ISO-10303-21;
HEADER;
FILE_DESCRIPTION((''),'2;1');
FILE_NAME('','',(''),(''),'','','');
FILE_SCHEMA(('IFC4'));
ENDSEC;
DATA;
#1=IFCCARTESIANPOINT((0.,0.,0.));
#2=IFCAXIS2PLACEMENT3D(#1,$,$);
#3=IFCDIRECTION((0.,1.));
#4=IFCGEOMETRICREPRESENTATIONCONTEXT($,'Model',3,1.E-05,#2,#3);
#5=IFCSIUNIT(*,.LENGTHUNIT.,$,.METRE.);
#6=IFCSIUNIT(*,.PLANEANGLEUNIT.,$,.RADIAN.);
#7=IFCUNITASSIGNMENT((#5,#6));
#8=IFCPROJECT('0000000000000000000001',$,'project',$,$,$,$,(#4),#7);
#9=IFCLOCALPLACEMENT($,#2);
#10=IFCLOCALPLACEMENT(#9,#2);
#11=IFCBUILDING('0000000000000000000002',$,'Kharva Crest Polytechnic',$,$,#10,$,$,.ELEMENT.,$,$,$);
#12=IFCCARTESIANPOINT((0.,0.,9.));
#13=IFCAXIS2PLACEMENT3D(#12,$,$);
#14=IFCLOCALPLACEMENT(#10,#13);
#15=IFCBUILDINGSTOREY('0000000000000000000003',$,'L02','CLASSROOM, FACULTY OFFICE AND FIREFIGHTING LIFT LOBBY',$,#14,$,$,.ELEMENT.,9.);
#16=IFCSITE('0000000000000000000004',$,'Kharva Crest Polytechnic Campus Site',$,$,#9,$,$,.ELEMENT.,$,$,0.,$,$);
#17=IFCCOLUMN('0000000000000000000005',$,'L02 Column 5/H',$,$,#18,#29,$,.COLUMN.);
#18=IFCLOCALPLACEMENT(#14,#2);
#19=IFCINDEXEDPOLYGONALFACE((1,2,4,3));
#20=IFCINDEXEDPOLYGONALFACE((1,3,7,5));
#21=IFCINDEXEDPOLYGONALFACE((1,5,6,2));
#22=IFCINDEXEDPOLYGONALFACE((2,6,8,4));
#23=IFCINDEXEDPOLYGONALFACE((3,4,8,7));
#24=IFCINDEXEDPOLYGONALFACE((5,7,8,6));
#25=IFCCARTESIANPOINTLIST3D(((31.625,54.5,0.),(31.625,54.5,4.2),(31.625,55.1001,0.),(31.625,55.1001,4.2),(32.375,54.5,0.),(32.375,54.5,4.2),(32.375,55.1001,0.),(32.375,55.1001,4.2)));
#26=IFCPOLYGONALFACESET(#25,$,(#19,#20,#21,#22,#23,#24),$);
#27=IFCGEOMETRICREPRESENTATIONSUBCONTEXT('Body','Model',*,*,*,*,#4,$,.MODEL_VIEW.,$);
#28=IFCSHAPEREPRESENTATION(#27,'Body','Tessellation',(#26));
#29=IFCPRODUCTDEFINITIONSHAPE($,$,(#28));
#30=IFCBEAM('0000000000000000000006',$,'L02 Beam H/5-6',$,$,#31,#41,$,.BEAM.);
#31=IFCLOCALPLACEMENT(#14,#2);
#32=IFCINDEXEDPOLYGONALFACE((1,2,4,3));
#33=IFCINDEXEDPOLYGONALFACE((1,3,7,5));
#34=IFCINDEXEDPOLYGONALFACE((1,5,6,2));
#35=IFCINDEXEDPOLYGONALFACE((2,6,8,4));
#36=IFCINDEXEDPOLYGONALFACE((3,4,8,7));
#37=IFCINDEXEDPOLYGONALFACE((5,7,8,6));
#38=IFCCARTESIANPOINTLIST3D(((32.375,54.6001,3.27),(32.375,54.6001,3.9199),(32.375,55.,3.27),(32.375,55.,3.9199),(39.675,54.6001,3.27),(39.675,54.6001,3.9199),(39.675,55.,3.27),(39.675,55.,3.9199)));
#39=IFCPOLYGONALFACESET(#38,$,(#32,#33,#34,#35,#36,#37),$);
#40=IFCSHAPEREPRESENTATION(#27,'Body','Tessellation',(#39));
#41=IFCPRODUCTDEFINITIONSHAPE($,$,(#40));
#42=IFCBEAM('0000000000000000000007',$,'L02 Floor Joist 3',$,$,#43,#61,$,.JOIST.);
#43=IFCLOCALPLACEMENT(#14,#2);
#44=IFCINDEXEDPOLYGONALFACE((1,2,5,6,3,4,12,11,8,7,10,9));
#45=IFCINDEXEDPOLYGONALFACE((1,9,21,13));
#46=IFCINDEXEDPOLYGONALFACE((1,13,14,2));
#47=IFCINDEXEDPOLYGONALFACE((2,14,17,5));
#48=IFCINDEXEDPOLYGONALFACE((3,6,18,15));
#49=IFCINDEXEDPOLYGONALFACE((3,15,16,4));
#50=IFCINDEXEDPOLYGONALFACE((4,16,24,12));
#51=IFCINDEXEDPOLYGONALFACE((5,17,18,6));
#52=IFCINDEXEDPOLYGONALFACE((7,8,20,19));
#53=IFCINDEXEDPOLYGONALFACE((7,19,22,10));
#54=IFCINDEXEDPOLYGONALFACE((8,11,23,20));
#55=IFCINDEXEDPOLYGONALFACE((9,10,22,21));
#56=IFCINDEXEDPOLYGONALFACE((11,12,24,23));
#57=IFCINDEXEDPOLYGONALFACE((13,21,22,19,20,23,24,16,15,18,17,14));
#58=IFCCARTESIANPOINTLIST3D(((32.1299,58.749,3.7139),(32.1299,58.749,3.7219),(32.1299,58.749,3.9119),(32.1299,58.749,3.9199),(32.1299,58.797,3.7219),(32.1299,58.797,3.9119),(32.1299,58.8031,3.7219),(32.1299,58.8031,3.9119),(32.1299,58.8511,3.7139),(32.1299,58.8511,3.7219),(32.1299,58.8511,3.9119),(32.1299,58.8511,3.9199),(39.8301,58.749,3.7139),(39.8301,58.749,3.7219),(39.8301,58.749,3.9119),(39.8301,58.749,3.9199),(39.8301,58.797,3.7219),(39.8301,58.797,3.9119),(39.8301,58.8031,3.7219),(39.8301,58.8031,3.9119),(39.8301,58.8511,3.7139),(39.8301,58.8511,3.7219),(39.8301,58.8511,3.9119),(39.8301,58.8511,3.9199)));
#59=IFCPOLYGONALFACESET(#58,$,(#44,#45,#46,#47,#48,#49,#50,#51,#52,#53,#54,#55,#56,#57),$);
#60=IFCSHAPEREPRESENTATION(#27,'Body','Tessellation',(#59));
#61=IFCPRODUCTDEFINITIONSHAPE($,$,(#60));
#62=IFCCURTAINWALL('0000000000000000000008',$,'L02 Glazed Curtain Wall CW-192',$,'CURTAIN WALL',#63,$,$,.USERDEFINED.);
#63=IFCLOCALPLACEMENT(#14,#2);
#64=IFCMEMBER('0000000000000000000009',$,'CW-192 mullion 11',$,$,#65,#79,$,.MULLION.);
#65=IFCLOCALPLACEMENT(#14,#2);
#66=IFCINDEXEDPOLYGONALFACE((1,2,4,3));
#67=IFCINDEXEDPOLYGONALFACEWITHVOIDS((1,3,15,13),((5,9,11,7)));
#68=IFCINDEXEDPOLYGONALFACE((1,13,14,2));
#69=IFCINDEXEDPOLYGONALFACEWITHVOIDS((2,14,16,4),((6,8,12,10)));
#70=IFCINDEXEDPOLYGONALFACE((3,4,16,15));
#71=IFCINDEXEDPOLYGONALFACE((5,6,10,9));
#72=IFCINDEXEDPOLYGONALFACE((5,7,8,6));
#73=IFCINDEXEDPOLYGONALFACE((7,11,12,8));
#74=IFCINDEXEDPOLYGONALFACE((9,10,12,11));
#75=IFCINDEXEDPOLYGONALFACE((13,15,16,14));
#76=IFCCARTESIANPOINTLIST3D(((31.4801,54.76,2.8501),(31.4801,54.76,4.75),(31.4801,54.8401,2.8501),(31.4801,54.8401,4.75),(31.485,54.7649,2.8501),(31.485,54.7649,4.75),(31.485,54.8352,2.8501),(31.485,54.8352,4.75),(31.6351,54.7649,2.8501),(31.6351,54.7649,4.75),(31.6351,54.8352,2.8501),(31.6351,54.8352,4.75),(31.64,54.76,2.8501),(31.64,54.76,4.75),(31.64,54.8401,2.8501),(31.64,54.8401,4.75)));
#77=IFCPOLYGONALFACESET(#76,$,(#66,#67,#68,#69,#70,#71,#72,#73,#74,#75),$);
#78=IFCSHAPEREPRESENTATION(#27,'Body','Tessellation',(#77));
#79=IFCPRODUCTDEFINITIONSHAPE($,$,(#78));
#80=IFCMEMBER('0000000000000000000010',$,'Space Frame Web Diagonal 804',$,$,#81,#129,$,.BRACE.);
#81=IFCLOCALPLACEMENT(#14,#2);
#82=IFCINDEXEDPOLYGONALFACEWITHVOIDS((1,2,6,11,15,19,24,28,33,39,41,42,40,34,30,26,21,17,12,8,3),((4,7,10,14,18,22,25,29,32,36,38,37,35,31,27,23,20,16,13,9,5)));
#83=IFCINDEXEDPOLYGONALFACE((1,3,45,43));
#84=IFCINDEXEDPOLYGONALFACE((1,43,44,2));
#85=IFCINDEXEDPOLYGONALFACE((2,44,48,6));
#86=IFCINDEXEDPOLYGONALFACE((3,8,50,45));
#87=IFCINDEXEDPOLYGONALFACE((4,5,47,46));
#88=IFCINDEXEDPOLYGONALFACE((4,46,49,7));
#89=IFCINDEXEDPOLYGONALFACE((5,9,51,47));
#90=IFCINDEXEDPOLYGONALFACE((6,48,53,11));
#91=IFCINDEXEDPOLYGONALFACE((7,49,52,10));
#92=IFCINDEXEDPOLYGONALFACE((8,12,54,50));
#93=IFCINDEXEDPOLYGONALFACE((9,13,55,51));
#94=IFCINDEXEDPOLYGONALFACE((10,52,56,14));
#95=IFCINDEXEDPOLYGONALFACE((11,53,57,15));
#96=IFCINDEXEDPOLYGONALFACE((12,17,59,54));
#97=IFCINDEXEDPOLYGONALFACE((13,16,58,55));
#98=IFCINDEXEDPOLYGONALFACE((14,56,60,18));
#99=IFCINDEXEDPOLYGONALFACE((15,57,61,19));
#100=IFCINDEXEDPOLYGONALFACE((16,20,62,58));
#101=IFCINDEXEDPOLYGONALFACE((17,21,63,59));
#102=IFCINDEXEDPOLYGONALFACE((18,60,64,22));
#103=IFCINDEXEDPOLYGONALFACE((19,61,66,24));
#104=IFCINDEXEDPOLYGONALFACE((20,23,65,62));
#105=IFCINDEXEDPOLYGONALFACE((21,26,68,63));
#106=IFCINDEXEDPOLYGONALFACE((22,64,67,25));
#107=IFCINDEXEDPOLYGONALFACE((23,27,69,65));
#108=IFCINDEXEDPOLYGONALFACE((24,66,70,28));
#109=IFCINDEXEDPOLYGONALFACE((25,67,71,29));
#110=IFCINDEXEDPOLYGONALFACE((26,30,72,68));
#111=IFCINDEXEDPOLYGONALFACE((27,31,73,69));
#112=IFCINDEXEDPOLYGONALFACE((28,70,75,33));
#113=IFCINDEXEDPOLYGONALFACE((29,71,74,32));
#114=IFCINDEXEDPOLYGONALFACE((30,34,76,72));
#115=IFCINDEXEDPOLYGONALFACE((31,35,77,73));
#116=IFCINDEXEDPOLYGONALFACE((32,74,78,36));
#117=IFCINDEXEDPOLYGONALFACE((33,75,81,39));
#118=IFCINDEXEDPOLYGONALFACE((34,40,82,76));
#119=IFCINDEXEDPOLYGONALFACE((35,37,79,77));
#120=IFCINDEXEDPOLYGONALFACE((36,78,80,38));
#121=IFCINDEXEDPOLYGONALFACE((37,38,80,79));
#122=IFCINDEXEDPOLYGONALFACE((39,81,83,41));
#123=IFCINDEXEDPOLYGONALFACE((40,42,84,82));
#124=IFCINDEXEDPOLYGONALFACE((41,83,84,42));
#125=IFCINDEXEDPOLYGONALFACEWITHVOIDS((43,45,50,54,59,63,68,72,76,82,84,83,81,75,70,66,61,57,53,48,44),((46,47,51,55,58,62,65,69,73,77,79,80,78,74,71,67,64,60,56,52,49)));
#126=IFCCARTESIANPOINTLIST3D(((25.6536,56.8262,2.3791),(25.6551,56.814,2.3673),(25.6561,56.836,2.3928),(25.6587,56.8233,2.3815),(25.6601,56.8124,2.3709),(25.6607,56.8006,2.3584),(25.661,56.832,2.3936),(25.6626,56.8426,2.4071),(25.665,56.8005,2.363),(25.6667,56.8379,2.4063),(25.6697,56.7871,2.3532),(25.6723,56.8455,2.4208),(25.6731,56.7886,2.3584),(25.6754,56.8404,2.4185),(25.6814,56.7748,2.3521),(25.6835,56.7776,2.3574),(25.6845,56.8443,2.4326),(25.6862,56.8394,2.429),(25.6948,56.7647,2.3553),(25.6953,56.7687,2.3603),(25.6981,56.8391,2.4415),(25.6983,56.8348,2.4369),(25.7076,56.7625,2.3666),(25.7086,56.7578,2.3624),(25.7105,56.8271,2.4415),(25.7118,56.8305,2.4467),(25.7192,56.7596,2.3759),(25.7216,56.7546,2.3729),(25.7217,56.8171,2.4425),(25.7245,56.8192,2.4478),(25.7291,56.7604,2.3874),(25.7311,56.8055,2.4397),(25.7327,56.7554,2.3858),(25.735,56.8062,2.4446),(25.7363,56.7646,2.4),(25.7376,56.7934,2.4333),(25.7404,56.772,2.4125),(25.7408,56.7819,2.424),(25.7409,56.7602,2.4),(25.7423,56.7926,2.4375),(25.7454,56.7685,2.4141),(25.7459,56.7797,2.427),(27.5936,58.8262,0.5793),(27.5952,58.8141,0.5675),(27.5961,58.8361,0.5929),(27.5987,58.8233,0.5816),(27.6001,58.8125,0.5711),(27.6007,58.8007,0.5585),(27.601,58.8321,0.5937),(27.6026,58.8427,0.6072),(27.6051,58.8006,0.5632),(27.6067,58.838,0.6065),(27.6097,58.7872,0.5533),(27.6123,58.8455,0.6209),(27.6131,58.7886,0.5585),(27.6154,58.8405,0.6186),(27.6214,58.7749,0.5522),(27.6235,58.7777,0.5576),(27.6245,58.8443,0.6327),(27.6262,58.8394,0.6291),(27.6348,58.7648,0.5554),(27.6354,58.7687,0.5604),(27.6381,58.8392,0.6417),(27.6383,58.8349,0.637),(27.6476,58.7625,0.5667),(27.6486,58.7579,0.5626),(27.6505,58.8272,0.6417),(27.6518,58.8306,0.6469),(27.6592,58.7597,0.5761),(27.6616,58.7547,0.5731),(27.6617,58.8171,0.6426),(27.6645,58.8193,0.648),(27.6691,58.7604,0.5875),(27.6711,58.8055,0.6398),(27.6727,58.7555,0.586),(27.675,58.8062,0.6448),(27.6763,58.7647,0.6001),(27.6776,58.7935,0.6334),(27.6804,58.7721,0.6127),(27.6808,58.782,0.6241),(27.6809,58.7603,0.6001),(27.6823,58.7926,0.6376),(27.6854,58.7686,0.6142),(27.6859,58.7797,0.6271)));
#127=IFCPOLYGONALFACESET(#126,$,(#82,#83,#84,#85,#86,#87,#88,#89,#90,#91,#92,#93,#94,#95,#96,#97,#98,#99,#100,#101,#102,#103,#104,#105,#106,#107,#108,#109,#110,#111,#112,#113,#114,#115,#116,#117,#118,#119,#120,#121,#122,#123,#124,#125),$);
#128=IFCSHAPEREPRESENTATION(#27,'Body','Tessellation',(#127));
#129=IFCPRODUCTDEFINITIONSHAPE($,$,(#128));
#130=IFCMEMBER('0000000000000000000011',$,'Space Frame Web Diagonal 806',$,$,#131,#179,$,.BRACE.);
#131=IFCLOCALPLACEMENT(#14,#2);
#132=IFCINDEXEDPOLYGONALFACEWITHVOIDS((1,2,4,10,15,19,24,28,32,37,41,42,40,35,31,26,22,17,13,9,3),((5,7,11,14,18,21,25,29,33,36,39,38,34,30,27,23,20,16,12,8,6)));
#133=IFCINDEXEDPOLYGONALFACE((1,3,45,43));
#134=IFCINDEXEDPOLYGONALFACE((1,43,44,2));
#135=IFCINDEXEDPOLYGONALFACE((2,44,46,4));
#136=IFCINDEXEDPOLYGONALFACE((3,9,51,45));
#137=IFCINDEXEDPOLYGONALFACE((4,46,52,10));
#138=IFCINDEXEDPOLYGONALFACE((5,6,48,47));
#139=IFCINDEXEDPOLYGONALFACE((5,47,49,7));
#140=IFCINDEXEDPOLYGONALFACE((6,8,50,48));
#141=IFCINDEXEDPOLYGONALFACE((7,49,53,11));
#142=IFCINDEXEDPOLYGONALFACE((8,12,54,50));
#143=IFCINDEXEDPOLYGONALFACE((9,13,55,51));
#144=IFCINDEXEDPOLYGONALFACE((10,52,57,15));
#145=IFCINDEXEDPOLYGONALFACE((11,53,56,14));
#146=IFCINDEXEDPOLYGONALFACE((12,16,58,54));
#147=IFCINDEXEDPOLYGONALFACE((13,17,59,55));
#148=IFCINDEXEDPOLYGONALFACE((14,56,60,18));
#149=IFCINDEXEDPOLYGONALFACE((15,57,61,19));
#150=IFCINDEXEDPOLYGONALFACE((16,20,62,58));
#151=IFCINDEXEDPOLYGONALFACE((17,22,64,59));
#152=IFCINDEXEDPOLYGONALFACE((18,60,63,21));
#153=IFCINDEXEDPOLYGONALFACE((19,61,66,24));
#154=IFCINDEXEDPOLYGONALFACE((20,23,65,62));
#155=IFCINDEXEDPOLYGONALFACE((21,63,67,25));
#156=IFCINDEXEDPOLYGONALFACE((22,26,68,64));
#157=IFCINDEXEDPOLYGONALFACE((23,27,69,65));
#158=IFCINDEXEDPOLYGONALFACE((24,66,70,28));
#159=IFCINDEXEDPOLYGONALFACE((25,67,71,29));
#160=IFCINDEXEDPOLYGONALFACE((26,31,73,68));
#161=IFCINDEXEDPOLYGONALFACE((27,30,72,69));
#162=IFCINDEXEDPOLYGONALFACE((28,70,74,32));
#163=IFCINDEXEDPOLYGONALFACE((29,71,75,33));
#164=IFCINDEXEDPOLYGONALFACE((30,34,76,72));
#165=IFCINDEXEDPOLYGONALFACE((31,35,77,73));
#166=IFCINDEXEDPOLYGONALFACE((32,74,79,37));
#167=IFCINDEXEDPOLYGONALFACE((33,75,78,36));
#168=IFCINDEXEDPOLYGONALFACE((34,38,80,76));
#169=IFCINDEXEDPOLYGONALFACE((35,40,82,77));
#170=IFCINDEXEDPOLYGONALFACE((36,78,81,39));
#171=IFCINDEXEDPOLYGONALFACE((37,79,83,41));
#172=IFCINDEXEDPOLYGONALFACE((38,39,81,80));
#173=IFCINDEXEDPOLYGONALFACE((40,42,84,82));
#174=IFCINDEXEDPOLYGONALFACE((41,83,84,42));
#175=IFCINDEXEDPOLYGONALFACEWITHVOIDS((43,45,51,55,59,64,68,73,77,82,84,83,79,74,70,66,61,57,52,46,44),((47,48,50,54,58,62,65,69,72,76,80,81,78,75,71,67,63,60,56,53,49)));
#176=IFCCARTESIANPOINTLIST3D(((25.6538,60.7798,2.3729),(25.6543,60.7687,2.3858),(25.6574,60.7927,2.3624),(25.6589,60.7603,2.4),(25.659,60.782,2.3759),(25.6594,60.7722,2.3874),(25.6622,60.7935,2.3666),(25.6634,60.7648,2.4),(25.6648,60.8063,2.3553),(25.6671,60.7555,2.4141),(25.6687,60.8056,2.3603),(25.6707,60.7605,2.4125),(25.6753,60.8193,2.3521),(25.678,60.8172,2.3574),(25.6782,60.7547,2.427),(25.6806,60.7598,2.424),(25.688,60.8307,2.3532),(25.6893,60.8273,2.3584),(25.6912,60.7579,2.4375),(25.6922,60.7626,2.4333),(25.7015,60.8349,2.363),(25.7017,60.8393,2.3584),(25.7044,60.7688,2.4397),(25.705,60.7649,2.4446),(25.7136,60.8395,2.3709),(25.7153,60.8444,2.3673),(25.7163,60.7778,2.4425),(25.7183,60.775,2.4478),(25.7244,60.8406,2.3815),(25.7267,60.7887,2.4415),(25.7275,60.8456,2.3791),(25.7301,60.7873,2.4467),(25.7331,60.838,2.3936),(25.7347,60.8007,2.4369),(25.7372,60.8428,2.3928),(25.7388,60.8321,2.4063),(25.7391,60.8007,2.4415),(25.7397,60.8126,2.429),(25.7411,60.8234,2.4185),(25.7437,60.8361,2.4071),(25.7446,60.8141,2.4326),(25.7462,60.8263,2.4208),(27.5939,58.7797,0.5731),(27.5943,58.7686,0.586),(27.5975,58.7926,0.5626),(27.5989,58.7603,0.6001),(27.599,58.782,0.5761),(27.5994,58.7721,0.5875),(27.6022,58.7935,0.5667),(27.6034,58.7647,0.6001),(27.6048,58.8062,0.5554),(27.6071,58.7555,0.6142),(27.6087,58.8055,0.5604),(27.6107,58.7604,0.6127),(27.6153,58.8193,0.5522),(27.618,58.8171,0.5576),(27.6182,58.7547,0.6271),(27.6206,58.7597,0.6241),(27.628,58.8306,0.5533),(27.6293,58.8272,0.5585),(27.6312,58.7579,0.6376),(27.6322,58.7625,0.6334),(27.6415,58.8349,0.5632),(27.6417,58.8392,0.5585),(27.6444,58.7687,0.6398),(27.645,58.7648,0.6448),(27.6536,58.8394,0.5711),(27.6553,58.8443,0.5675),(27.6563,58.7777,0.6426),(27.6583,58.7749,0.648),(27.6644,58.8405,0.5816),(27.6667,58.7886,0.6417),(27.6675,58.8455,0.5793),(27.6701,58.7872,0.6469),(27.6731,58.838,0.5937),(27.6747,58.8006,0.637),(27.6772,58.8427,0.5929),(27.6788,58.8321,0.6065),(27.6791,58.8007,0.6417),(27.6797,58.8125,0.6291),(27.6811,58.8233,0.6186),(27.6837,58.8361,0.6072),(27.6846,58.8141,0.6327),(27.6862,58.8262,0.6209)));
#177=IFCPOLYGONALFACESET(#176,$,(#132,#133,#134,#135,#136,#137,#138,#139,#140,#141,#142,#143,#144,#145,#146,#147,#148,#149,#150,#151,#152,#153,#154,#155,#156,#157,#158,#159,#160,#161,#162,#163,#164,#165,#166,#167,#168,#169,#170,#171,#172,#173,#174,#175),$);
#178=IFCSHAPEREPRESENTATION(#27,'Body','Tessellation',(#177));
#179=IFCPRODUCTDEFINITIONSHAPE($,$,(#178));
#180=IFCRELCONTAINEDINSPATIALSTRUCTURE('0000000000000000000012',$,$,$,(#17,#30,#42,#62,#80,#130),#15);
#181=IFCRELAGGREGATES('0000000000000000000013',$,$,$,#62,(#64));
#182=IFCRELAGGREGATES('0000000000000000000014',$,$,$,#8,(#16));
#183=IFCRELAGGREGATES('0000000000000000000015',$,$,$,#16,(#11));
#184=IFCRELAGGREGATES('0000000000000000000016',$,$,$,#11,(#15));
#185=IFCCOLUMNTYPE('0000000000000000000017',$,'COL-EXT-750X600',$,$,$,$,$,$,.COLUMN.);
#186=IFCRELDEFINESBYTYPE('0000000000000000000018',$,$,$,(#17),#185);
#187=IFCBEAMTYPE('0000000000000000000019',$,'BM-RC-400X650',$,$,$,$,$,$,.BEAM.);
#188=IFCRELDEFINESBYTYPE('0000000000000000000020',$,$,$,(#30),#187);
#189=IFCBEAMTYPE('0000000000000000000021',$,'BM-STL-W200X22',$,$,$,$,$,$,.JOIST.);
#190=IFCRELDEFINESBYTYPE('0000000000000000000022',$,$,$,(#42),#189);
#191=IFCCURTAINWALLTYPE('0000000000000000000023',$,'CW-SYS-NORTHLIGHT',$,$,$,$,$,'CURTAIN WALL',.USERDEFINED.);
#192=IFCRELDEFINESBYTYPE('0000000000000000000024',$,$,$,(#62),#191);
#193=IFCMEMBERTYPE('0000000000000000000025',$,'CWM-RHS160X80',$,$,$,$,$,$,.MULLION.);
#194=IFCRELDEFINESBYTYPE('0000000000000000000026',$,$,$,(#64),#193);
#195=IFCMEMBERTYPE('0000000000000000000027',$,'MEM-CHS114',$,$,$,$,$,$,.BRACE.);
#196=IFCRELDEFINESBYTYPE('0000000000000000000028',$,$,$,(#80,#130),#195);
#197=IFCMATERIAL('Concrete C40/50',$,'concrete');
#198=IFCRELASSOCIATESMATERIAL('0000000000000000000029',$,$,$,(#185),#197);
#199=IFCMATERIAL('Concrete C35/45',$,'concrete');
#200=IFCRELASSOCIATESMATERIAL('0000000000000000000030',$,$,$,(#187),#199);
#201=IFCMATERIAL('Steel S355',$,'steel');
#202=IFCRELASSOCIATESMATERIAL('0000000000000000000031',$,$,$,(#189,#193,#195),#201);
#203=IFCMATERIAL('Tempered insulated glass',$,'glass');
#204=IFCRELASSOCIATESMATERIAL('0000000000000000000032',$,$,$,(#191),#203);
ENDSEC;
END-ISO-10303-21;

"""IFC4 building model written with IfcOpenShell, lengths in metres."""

from ifc_helpers import new_model, si_unit, direction, frame, origin, origin_2d, place, context, subcontext, project, spatial, rectangle, hollow_rectangle, hollow_circle, i_section, extrude, material, material_profile, profile_set, type_object, element, aggregate, save


model = new_model("IFC4")

# Units and contexts
model_context = context("Model", 3, precision=1e-05, world=origin(), true_north=direction((0.0, 1.0)))
body_context = subcontext(model_context, "Body", "Model", "MODEL_VIEW")
ifc_project = project(units=[si_unit("LENGTHUNIT", "METRE"), si_unit("PLANEANGLEUNIT", "RADIAN")], contexts=[model_context])

# Site, building, storey
site_placement = place(None, origin())
site = spatial("IfcSite", under=ifc_project, at=site_placement, Name="Kharva Crest Polytechnic Campus Site", CompositionType="ELEMENT", RefElevation=0.0)
building_placement = place(site_placement, origin())
building = spatial("IfcBuilding", under=site, at=building_placement, Name="Kharva Crest Polytechnic", CompositionType="ELEMENT")
storey_placement = place(building_placement, frame((0.0, 0.0, 9.0)))
storey = spatial("IfcBuildingStorey", under=building, at=storey_placement, Name="L02", Description="CLASSROOM, FACULTY OFFICE AND FIREFIGHTING LIFT LOBBY", CompositionType="ELEMENT", Elevation=9.0)

# Column
ifc_material_1 = material(Name="Concrete C40/50", Category="concrete")
ifc_material_profile_1 = material_profile(ifc_material_1, rectangle(XDim=0.75, YDim=0.6001, at=origin_2d()), Name="RECT 750 X 600")
ifc_profile_set_1 = profile_set([ifc_material_profile_1], Name="Concrete C40/50")
column_type = type_object("IfcColumnType", Name="COL-EXT-750X600", PredefinedType="COLUMN", material=ifc_profile_set_1)
column_placement = place(storey_placement, frame((32.0, 54.8, 0.0), z_axis=(0.0, 0.0, 1.0), x_axis=(1.0, 0.0, 0.0)))
element("IfcColumn", 1, at=column_placement, inside=storey, type_object=column_type, Name="L02 Column 5/H", PredefinedType="COLUMN", context=body_context, shape_type="SweptSolid", body=[
    extrude(rectangle(XDim=0.75, YDim=0.6001, at=origin_2d()), origin(), (0.0, 0.0, 1.0), 4.2),
])

# Beams
ifc_material_2 = material(Name="Concrete C35/45", Category="concrete")
ifc_material_profile_2 = material_profile(ifc_material_2, rectangle(XDim=0.3999, YDim=0.6499, at=origin_2d()), Name="RECT 400 X 650")
ifc_profile_set_2 = profile_set([ifc_material_profile_2], Name="Concrete C35/45")
beam_type_1 = type_object("IfcBeamType", Name="BM-RC-400X650", PredefinedType="BEAM", material=ifc_profile_set_2)
beam_1_placement = place(storey_placement, frame((32.375, 54.8, 3.595), z_axis=(1.0, 0.0, 0.0), x_axis=(0.0, 1.0, 0.0)))
element("IfcBeam", 2, at=beam_1_placement, inside=storey, type_object=beam_type_1, Name="L02 Beam H/5-6", PredefinedType="BEAM", context=body_context, shape_type="SweptSolid", body=[
    extrude(rectangle(XDim=0.3999, YDim=0.6499, at=origin_2d()), origin(), (0.0, 0.0, 1.0), 7.3),
])
ifc_material_3 = material(Name="Steel S355", Category="steel")
ifc_material_profile_3 = material_profile(ifc_material_3, i_section(OverallWidth=0.1021, OverallDepth=0.2061, WebThickness=0.0061, FlangeThickness=0.0081, at=origin_2d()), Name="W200X22.5")
ifc_profile_set_3 = profile_set([ifc_material_profile_3], Name="Steel S355")
beam_type_2 = type_object("IfcBeamType", Name="BM-STL-W200X22", PredefinedType="JOIST", material=ifc_profile_set_3)
beam_2_placement = place(storey_placement, frame((32.1299, 58.8, 3.8169), z_axis=(1.0, 0.0, 0.0), x_axis=(0.0, 1.0, 0.0)))
element("IfcBeam", 3, at=beam_2_placement, inside=storey, type_object=beam_type_2, Name="L02 Floor Joist 3", PredefinedType="JOIST", context=body_context, shape_type="SweptSolid", body=[
    extrude(i_section(OverallWidth=0.1021, OverallDepth=0.2061, WebThickness=0.0061, FlangeThickness=0.0081, at=origin_2d()), origin(), (0.0, 0.0, 1.0), 7.7002),
])

# Curtain wall, member
ifc_material_4 = material(Name="Tempered insulated glass", Category="glass")
curtain_wall_type = type_object("IfcCurtainWallType", Name="CW-SYS-NORTHLIGHT", ElementType="CURTAIN WALL", PredefinedType="USERDEFINED", material=ifc_material_4)
curtain_wall_placement = place(storey_placement, origin())
curtain_wall = element("IfcCurtainWall", 4, at=curtain_wall_placement, inside=storey, type_object=curtain_wall_type, Name="L02 Glazed Curtain Wall CW-192", ObjectType="CURTAIN WALL", PredefinedType="USERDEFINED")
ifc_material_profile_4 = material_profile(ifc_material_3, hollow_rectangle(XDim=0.0801, YDim=0.1599, WallThickness=0.0049, at=origin_2d()), Name="RHS 160X80X5.0")
ifc_profile_set_4 = profile_set([ifc_material_profile_4], Name="Steel S355")
member_type_1 = type_object("IfcMemberType", Name="CWM-RHS160X80", PredefinedType="MULLION", material=ifc_profile_set_4)
member_1_placement = place(storey_placement, frame((31.5601, 54.8, 2.8501), z_axis=(0.0, 0.0, 1.0), x_axis=(0.0, 1.0, 0.0)))
member_1 = element("IfcMember", 5, at=member_1_placement, type_object=member_type_1, Name="CW-192 mullion 11", PredefinedType="MULLION", context=body_context, shape_type="SweptSolid", body=[
    extrude(hollow_rectangle(XDim=0.0801, YDim=0.1599, WallThickness=0.0049, at=origin_2d()), origin(), (0.0, 0.0, 1.0), 1.8999),
])
aggregate(curtain_wall, [member_1])

# Members
ifc_material_profile_5 = material_profile(ifc_material_3, hollow_circle(Radius=0.0571, WallThickness=0.0063, at=origin_2d()), Name="CHS 114.3X6.3")
ifc_profile_set_5 = profile_set([ifc_material_profile_5], Name="Steel S355")
member_type_2 = type_object("IfcMemberType", Name="MEM-CHS114", PredefinedType="BRACE", material=ifc_profile_set_5)
for number, where, z_axis, x_axis, name in (
    (6, (27.6399, 58.8, 0.6001), (-0.584843, -0.60295, 0.542596), (0.717802, -0.696247, 0.0), "Space Frame Web Diagonal 804"),
    (7, (27.6399, 58.8, 0.6001), (-0.584843, 0.60295, 0.542596), (-0.717802, -0.696247, 0.0), "Space Frame Web Diagonal 806"),
):
    element("IfcMember", number, at=place(storey_placement, frame(where, z_axis=z_axis, x_axis=x_axis)), inside=storey, type_object=member_type_2, Name=name, PredefinedType="BRACE", context=body_context, shape_type="SweptSolid", body=[
        extrude(hollow_circle(Radius=0.0571, WallThickness=0.0063, at=origin_2d()), origin(), (0.0, 0.0, 1.0), 3.3171),
    ])

save(model, "model.ifc")
